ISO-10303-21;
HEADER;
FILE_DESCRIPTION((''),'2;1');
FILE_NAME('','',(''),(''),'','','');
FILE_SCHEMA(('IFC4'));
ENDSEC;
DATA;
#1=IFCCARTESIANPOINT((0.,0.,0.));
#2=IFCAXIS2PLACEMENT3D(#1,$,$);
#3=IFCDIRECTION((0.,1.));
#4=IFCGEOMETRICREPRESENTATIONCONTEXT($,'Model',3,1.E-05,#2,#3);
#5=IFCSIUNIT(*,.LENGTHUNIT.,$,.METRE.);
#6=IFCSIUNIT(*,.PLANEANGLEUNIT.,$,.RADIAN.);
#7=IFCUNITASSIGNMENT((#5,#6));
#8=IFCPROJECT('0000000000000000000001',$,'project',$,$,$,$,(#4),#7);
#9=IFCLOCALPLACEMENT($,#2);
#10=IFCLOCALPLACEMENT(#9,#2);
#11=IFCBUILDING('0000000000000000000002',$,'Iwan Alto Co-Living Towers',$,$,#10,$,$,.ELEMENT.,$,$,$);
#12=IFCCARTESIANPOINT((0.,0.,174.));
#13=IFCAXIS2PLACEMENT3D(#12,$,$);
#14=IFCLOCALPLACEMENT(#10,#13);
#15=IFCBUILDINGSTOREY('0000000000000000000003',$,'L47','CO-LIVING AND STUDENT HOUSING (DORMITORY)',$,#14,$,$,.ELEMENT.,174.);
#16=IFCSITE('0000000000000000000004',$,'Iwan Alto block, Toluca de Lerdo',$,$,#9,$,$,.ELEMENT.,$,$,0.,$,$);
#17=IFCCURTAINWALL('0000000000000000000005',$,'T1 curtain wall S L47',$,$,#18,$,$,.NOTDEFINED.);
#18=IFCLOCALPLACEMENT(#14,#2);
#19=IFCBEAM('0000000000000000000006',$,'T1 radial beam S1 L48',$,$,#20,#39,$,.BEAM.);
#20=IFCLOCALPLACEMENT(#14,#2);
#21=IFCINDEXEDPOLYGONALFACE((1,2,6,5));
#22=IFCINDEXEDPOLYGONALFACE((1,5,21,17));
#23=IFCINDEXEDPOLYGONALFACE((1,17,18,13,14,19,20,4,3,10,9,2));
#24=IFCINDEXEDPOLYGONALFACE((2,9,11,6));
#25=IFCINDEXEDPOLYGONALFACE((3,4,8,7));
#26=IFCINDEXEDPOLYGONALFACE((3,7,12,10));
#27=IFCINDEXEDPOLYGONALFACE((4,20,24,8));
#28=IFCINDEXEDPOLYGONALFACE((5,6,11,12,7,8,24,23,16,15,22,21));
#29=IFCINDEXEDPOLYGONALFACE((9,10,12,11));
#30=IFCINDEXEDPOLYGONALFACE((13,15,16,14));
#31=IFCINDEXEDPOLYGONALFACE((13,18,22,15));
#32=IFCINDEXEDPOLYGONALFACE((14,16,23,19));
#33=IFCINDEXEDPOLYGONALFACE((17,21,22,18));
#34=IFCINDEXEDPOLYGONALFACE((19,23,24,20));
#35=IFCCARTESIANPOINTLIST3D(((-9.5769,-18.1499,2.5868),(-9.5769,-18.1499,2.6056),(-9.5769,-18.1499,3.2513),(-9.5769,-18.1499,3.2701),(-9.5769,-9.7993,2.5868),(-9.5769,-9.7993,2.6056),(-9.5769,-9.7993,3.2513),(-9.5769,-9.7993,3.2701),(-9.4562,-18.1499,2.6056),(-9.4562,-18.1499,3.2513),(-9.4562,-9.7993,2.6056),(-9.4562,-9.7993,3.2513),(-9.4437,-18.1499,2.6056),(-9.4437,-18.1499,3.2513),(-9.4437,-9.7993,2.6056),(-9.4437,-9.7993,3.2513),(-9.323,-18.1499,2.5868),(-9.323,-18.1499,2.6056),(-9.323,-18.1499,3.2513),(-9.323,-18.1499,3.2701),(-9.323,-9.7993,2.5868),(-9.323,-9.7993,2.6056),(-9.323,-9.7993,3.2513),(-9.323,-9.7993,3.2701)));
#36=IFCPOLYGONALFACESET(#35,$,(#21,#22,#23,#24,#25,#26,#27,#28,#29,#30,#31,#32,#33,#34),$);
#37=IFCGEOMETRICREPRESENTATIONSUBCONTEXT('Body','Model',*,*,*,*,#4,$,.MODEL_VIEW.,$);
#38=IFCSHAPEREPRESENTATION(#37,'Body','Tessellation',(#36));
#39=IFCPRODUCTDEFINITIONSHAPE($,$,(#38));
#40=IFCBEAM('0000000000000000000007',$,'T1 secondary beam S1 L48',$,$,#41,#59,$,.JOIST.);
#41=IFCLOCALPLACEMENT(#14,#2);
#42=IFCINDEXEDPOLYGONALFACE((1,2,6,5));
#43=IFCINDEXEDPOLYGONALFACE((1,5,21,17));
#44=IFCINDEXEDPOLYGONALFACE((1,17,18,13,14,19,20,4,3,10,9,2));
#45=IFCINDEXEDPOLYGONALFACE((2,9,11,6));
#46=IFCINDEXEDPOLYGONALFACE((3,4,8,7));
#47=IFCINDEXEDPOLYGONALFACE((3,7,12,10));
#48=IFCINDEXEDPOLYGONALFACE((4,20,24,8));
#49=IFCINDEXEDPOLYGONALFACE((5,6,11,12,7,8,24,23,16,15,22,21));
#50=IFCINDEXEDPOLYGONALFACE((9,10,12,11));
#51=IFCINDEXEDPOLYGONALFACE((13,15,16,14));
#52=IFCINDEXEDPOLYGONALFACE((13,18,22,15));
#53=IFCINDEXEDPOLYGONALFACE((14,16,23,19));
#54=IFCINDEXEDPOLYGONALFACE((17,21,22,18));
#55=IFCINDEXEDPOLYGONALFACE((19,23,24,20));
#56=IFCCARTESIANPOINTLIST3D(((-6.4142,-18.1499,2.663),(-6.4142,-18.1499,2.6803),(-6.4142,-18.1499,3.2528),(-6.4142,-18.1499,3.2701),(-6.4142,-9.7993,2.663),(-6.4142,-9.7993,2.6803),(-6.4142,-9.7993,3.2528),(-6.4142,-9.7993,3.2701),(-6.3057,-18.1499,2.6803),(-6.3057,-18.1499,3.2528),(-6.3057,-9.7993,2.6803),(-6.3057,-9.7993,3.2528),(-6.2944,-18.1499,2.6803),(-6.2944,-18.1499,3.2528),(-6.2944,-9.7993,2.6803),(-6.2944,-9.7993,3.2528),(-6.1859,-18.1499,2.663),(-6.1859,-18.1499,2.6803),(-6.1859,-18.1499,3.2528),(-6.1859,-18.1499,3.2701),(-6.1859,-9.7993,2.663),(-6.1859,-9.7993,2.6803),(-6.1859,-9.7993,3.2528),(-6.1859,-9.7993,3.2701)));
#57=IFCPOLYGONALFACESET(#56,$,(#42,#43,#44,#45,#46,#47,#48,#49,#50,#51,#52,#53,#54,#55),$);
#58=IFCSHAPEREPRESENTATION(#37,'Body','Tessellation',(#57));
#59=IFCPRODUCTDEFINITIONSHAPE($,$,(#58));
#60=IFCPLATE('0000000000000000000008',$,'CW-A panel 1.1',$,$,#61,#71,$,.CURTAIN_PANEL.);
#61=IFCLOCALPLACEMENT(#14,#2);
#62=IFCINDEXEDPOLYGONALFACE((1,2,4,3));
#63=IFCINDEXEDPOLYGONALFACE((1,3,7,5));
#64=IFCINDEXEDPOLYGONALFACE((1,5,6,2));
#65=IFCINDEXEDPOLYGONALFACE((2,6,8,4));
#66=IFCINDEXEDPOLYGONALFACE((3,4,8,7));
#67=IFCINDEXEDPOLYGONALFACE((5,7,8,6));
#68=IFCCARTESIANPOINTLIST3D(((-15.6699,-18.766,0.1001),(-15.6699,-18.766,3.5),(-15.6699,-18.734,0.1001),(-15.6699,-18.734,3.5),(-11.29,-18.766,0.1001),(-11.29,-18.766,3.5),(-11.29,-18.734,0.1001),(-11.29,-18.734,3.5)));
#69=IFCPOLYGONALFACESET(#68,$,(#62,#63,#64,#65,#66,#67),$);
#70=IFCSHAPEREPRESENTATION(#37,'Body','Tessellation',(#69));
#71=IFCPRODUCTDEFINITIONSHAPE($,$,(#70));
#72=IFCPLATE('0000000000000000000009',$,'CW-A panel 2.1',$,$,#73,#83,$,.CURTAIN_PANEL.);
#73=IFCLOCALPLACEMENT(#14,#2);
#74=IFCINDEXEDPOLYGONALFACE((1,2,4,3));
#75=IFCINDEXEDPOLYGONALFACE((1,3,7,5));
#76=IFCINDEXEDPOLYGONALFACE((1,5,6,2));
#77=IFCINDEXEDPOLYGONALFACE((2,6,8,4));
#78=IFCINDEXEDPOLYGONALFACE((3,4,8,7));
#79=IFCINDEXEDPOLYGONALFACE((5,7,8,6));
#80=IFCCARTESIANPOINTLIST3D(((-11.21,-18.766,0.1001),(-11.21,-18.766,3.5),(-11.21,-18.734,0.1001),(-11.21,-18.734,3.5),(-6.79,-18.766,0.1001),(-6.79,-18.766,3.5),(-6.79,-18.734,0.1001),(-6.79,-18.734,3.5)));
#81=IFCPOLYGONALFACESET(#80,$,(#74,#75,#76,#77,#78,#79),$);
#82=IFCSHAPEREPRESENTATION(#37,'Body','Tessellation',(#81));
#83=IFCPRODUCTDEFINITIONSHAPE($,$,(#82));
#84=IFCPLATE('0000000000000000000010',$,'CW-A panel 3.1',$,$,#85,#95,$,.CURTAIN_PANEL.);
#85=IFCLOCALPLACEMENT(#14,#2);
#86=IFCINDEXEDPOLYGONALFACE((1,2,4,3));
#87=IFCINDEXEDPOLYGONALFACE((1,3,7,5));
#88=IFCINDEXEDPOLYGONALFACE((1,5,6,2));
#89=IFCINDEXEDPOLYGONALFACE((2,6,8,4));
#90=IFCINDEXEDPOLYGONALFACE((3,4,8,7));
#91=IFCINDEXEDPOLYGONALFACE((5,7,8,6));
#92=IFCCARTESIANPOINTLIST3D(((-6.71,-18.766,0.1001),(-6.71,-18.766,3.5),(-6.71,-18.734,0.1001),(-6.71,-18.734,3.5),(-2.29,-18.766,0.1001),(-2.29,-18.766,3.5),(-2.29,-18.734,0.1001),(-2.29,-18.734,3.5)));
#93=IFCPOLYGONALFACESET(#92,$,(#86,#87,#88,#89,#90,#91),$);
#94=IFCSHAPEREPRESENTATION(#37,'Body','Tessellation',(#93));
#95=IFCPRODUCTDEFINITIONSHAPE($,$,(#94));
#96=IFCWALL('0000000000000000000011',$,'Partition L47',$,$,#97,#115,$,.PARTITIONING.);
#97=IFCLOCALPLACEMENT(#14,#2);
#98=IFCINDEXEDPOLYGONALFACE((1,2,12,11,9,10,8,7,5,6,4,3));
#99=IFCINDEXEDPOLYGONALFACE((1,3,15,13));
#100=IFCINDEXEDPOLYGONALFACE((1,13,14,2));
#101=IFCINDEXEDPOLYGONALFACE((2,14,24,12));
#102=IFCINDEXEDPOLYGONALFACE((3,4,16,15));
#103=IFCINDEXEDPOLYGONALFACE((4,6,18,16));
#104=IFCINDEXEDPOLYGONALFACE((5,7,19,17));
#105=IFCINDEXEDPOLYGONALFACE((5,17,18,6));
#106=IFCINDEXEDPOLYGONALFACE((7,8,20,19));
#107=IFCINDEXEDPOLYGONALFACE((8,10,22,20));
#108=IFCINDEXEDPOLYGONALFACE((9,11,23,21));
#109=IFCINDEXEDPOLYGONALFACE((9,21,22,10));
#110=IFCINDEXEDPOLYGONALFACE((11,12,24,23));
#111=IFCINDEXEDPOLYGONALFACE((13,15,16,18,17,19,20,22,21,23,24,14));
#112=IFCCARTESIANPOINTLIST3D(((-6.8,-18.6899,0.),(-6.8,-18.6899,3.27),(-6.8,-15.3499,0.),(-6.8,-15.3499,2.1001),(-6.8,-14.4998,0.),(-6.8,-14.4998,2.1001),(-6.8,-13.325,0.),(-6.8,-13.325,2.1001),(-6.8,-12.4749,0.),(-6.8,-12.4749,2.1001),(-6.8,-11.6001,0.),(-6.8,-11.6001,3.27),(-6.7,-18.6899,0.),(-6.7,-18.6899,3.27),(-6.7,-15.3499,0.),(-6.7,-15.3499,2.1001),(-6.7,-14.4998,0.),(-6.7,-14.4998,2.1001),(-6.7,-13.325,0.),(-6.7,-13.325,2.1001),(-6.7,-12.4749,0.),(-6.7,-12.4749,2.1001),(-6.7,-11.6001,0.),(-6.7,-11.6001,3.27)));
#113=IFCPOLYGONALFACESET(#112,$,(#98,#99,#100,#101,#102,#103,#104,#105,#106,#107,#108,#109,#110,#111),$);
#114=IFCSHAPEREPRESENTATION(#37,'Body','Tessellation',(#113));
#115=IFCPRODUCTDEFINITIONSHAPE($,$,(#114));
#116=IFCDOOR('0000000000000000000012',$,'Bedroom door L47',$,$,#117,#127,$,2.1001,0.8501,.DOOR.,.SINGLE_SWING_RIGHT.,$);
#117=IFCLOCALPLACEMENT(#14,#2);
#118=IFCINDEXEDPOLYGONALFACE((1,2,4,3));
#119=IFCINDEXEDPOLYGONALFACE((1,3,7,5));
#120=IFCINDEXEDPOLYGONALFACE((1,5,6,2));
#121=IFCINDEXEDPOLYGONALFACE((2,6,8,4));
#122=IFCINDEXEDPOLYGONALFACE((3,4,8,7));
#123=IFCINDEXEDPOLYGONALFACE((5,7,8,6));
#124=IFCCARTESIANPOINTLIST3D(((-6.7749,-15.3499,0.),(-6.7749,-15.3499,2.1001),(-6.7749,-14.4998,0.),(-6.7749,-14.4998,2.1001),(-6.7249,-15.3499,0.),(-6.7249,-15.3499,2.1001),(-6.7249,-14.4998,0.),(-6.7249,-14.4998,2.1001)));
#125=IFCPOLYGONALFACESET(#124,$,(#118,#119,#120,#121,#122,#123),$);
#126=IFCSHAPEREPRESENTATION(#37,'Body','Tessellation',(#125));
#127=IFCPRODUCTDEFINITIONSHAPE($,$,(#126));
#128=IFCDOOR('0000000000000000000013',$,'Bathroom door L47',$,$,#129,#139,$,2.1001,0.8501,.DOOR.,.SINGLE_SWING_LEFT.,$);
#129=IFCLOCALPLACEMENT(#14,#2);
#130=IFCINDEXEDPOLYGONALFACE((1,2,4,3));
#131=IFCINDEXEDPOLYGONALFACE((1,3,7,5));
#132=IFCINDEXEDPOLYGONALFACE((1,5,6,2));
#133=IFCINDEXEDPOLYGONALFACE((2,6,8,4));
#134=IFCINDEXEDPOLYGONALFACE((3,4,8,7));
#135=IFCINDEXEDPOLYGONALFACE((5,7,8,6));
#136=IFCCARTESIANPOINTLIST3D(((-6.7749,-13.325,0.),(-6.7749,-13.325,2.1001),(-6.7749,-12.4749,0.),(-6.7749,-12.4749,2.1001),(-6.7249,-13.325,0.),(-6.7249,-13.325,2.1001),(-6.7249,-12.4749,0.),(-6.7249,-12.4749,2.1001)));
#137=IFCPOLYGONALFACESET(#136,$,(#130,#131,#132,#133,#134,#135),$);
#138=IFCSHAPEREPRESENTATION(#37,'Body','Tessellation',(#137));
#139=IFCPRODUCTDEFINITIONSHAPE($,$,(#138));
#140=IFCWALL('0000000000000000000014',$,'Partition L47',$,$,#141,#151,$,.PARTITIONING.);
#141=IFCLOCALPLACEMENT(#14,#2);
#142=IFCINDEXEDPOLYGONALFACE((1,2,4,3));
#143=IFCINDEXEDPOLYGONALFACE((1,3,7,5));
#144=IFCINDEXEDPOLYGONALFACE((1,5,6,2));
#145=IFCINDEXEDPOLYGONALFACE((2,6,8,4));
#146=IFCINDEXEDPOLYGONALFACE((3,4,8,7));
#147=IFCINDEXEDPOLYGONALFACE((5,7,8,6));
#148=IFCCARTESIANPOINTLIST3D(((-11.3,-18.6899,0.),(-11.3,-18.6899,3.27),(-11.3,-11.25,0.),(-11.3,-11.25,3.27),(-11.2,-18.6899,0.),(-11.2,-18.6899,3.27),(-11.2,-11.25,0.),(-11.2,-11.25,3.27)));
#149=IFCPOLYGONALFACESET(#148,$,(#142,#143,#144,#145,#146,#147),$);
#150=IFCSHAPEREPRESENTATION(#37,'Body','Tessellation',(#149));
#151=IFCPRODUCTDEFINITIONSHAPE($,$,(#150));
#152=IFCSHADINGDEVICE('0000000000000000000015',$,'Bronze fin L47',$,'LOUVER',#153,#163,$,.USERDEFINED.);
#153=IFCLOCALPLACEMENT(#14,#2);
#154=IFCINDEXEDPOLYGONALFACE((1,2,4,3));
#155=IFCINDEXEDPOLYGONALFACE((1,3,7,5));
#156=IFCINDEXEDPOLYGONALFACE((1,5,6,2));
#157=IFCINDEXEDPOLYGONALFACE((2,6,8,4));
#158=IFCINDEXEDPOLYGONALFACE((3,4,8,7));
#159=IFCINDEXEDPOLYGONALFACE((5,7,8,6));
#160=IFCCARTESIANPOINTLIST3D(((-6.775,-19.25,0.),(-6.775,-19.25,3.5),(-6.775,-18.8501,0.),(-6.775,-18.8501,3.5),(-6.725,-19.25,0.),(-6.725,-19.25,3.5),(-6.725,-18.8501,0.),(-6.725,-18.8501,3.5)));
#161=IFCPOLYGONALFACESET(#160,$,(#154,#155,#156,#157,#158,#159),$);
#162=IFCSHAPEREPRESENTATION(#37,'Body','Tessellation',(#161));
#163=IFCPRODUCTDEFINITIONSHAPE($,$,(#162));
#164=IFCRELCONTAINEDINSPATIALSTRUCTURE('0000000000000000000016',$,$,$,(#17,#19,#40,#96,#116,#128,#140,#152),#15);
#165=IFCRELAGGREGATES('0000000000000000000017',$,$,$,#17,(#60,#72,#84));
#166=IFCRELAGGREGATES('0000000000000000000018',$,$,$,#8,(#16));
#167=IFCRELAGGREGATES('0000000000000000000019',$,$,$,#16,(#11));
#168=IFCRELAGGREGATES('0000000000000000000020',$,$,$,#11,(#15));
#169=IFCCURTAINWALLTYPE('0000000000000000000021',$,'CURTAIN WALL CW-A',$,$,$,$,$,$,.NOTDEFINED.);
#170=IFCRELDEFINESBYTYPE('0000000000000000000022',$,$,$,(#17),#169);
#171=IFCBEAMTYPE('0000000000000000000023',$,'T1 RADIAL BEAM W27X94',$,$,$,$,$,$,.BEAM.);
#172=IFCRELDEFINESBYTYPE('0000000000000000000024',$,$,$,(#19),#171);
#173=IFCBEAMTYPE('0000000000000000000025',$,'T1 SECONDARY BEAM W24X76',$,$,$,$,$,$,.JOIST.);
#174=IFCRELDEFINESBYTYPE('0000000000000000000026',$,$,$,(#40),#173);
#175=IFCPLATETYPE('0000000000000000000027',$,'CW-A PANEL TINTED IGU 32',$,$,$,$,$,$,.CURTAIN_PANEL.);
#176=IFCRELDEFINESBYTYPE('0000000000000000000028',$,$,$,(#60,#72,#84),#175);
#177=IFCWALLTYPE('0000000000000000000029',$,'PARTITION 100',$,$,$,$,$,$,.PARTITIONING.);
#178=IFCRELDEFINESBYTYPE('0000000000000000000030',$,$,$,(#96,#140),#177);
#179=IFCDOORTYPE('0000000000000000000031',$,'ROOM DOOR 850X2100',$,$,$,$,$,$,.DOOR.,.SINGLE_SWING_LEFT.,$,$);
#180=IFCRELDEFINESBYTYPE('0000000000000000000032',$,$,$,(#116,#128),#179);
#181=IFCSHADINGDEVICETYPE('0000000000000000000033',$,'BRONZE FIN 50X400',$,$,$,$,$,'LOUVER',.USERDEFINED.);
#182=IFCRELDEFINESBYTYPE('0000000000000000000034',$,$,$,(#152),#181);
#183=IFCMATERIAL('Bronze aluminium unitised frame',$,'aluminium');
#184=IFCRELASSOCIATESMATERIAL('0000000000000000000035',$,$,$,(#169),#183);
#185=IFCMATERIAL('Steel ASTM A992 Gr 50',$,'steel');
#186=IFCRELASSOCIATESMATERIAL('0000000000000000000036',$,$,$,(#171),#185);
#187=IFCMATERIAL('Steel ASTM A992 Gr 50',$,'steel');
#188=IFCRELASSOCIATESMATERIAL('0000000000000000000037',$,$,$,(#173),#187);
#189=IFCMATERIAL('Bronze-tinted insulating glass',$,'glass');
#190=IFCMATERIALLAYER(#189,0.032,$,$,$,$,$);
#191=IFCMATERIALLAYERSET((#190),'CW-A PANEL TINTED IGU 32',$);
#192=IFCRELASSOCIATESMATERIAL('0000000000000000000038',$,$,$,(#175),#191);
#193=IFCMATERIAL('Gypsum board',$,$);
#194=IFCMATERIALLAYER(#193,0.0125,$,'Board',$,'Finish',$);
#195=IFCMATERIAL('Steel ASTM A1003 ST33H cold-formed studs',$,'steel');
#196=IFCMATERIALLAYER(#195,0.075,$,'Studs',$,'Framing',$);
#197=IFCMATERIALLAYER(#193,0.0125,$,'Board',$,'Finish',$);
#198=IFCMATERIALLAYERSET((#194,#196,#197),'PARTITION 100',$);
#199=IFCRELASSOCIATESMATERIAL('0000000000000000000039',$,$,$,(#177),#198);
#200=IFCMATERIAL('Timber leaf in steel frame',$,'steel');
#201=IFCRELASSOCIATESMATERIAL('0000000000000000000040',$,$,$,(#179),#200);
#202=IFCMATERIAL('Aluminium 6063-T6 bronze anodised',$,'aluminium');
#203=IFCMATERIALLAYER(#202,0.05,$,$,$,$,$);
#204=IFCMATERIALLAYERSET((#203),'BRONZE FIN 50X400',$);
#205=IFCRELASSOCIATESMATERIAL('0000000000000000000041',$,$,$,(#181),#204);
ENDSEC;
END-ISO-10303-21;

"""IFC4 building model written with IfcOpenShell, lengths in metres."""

from ifc_helpers import new_model, si_unit, direction, frame, frame_2d, origin, origin_2d, place, context, subcontext, project, spatial, rectangle, i_section, extrude, material, layer, layer_set, material_profile, profile_set, type_object, element, fill, aggregate, save


model = new_model("IFC4")

# Units and contexts
model_context = context("Model", 3, precision=1e-05, world=origin(), true_north=direction((0.0, 1.0)))
body_context = subcontext(model_context, "Body", "Model", "MODEL_VIEW")
ifc_project = project(units=[si_unit("LENGTHUNIT", "METRE"), si_unit("PLANEANGLEUNIT", "RADIAN")], contexts=[model_context])

# Site, building, storey
site_placement = place(None, origin())
site = spatial("IfcSite", under=ifc_project, at=site_placement, Name="Iwan Alto block, Toluca de Lerdo", CompositionType="ELEMENT", RefElevation=0.0)
building_placement = place(site_placement, origin())
building = spatial("IfcBuilding", under=site, at=building_placement, Name="Iwan Alto Co-Living Towers", CompositionType="ELEMENT")
storey_placement = place(building_placement, frame((0.0, 0.0, 174.0)))
storey = spatial("IfcBuildingStorey", under=building, at=storey_placement, Name="L47", Description="CO-LIVING AND STUDENT HOUSING (DORMITORY)", CompositionType="ELEMENT", Elevation=174.0)

# Curtain wall
ifc_material_1 = material(Name="Bronze aluminium unitised frame", Category="aluminium")
curtain_wall_type = type_object("IfcCurtainWallType", Name="CURTAIN WALL CW-A", PredefinedType="NOTDEFINED", material=ifc_material_1)
curtain_wall_placement = place(storey_placement, origin())
curtain_wall = element("IfcCurtainWall", 1, at=curtain_wall_placement, inside=storey, type_object=curtain_wall_type, Name="T1 curtain wall S L47", PredefinedType="NOTDEFINED")

# Beams
ifc_material_2 = material(Name="Steel ASTM A992 Gr 50", Category="steel")
ifc_material_profile_1 = material_profile(ifc_material_2, i_section(OverallWidth=0.2539, OverallDepth=0.6833, WebThickness=0.0125, FlangeThickness=0.0188, at=origin_2d()), Name="W27X94")
ifc_profile_set_1 = profile_set([ifc_material_profile_1], Name="Steel ASTM A992 Gr 50")
beam_type_1 = type_object("IfcBeamType", Name="T1 RADIAL BEAM W27X94", PredefinedType="BEAM", material=ifc_profile_set_1)
beam_1_placement = place(storey_placement, frame((-9.45, -18.1499, 2.9285), z_axis=(0.0, 1.0, 0.0), x_axis=(-1.0, 0.0, 0.0)))
element("IfcBeam", 2, at=beam_1_placement, inside=storey, type_object=beam_type_1, Name="T1 radial beam S1 L48", PredefinedType="BEAM", context=body_context, shape_type="SweptSolid", body=[
    extrude(i_section(OverallWidth=0.2539, OverallDepth=0.6833, WebThickness=0.0125, FlangeThickness=0.0188, at=origin_2d()), origin(), (0.0, 0.0, 1.0), 8.3506),
])
ifc_material_3 = material(Name="Steel ASTM A992 Gr 50", Category="steel")
ifc_material_profile_2 = material_profile(ifc_material_3, i_section(OverallWidth=0.2283, OverallDepth=0.6072, WebThickness=0.0112, FlangeThickness=0.0173, at=origin_2d()), Name="W24X76")
ifc_profile_set_2 = profile_set([ifc_material_profile_2], Name="Steel ASTM A992 Gr 50")
beam_type_2 = type_object("IfcBeamType", Name="T1 SECONDARY BEAM W24X76", PredefinedType="JOIST", material=ifc_profile_set_2)
beam_2_placement = place(storey_placement, frame((-6.3, -18.1499, 2.9666), z_axis=(0.0, 1.0, 0.0), x_axis=(-1.0, 0.0, 0.0)))
element("IfcBeam", 3, at=beam_2_placement, inside=storey, type_object=beam_type_2, Name="T1 secondary beam S1 L48", PredefinedType="JOIST", context=body_context, shape_type="SweptSolid", body=[
    extrude(i_section(OverallWidth=0.2283, OverallDepth=0.6072, WebThickness=0.0112, FlangeThickness=0.0173, at=origin_2d()), origin(), (0.0, 0.0, 1.0), 8.3506),
])

# Plates
ifc_material_4 = material(Name="Bronze-tinted insulating glass", Category="glass")
ifc_layer_1 = layer(ifc_material_4, 0.032)
ifc_layer_set_1 = layer_set([ifc_layer_1], Name="CW-A PANEL TINTED IGU 32")
plate_type = type_object("IfcPlateType", Name="CW-A PANEL TINTED IGU 32", PredefinedType="CURTAIN_PANEL", material=ifc_layer_set_1)
plate_1_placement = place(storey_placement, frame((-13.48, -18.75, 0.1001), z_axis=(0.0, 0.0, 1.0), x_axis=(1.0, 0.0, 0.0)))
plate_1 = element("IfcPlate", 4, at=plate_1_placement, type_object=plate_type, Name="CW-A panel 1.1", PredefinedType="CURTAIN_PANEL", context=body_context, shape_type="SweptSolid", body=[
    extrude(rectangle(XDim=4.3799, YDim=0.032, at=origin_2d()), origin(), (0.0, 0.0, 1.0), 3.3999),
])
plate_2_placement = place(storey_placement, frame((-9.0, -18.75, 0.1001), z_axis=(0.0, 0.0, 1.0), x_axis=(1.0, 0.0, 0.0)))
plate_2 = element("IfcPlate", 5, at=plate_2_placement, type_object=plate_type, Name="CW-A panel 2.1", PredefinedType="CURTAIN_PANEL", context=body_context, shape_type="SweptSolid", body=[
    extrude(rectangle(XDim=4.4199, YDim=0.032, at=origin_2d()), origin(), (0.0, 0.0, 1.0), 3.3999),
])
plate_3_placement = place(storey_placement, frame((-4.5, -18.75, 0.1001), z_axis=(0.0, 0.0, 1.0), x_axis=(1.0, 0.0, 0.0)))
plate_3 = element("IfcPlate", 6, at=plate_3_placement, type_object=plate_type, Name="CW-A panel 3.1", PredefinedType="CURTAIN_PANEL", context=body_context, shape_type="SweptSolid", body=[
    extrude(rectangle(XDim=4.4199, YDim=0.032, at=origin_2d()), origin(), (0.0, 0.0, 1.0), 3.3999),
])
aggregate(curtain_wall, [plate_1, plate_2, plate_3])

# Wall, openings, doors
ifc_material_5 = material(Name="Gypsum board")
ifc_layer_2 = layer(ifc_material_5, 0.0125, Name="Board", Category="Finish")
ifc_material_6 = material(Name="Steel ASTM A1003 ST33H cold-formed studs", Category="steel")
ifc_layer_3 = layer(ifc_material_6, 0.075, Name="Studs", Category="Framing")
ifc_layer_4 = layer(ifc_material_5, 0.0125, Name="Board", Category="Finish")
ifc_layer_set_2 = layer_set([ifc_layer_2, ifc_layer_3, ifc_layer_4], Name="PARTITION 100")
wall_type = type_object("IfcWallType", Name="PARTITION 100", PredefinedType="PARTITIONING", material=ifc_layer_set_2)
wall_1_placement = place(storey_placement, frame((-6.75, -18.6899, 0.0), z_axis=(0.0, 0.0, 1.0), x_axis=(0.0, 1.0, 0.0)))
wall_1 = element("IfcWall", 7, at=wall_1_placement, inside=storey, type_object=wall_type, Name="Partition L47", PredefinedType="PARTITIONING", context=body_context, shape_type="SweptSolid", body=[
    extrude(rectangle(XDim=7.0898, YDim=0.1001, at=frame_2d((3.5449, 0.0))), origin(), (0.0, 0.0, 1.0), 3.27),
])
opening_1_placement = place(wall_1_placement, frame((3.3401, 0.0, 0.0)))
opening_1 = element("IfcOpeningElement", 8, at=opening_1_placement, cuts=wall_1, PredefinedType="OPENING", context=body_context, shape_type="SweptSolid", body=[
    extrude(rectangle(XDim=0.8501, YDim=2.1001, at=frame_2d((0.425, 1.05))), frame((0.0, 0.0601, 0.0), z_axis=(0.0, -1.0, 0.0), x_axis=(1.0, 0.0, 0.0)), (0.0, 0.0, 1.0), 0.1201),
])
opening_2_placement = place(wall_1_placement, frame((5.365, 0.0, 0.0)))
opening_2 = element("IfcOpeningElement", 9, at=opening_2_placement, cuts=wall_1, PredefinedType="OPENING", context=body_context, shape_type="SweptSolid", body=[
    extrude(rectangle(XDim=0.8501, YDim=2.1001, at=frame_2d((0.425, 1.05))), frame((0.0, 0.0601, 0.0), z_axis=(0.0, -1.0, 0.0), x_axis=(1.0, 0.0, 0.0)), (0.0, 0.0, 1.0), 0.1201),
])
ifc_material_7 = material(Name="Timber leaf in steel frame", Category="steel")
door_type = type_object("IfcDoorType", Name="ROOM DOOR 850X2100", OperationType="SINGLE_SWING_LEFT", PredefinedType="DOOR", material=ifc_material_7)
door_1_placement = place(opening_1_placement, origin())
door_1 = element("IfcDoor", 10, at=door_1_placement, inside=storey, type_object=door_type, Name="Bedroom door L47", OperationType="SINGLE_SWING_RIGHT", OverallHeight=2.1001, OverallWidth=0.8501, PredefinedType="DOOR", context=body_context, shape_type="SweptSolid", body=[
    extrude(rectangle(XDim=0.8501, YDim=2.1001, at=frame_2d((0.425, 1.05))), frame((0.0, 0.0249, 0.0), z_axis=(0.0, -1.0, 0.0), x_axis=(1.0, 0.0, 0.0)), (0.0, 0.0, 1.0), 0.05),
])
fill(opening_1, door_1)
door_2_placement = place(opening_2_placement, origin())
door_2 = element("IfcDoor", 11, at=door_2_placement, inside=storey, type_object=door_type, Name="Bathroom door L47", OperationType="SINGLE_SWING_LEFT", OverallHeight=2.1001, OverallWidth=0.8501, PredefinedType="DOOR", context=body_context, shape_type="SweptSolid", body=[
    extrude(rectangle(XDim=0.8501, YDim=2.1001, at=frame_2d((0.425, 1.05))), frame((0.0, 0.0249, 0.0), z_axis=(0.0, -1.0, 0.0), x_axis=(1.0, 0.0, 0.0)), (0.0, 0.0, 1.0), 0.05),
])
fill(opening_2, door_2)

# Wall
wall_2_placement = place(storey_placement, frame((-11.25, -18.6899, 0.0), z_axis=(0.0, 0.0, 1.0), x_axis=(0.0, 1.0, 0.0)))
element("IfcWall", 12, at=wall_2_placement, inside=storey, type_object=wall_type, Name="Partition L47", PredefinedType="PARTITIONING", context=body_context, shape_type="SweptSolid", body=[
    extrude(rectangle(XDim=7.4399, YDim=0.1001, at=frame_2d((3.72, 0.0))), origin(), (0.0, 0.0, 1.0), 3.27),
])

# Shading device
ifc_material_8 = material(Name="Aluminium 6063-T6 bronze anodised", Category="aluminium")
ifc_layer_5 = layer(ifc_material_8, 0.05)
ifc_layer_set_3 = layer_set([ifc_layer_5], Name="BRONZE FIN 50X400")
shading_device_type = type_object("IfcShadingDeviceType", Name="BRONZE FIN 50X400", ElementType="LOUVER", PredefinedType="USERDEFINED", material=ifc_layer_set_3)
shading_device_placement = place(storey_placement, frame((-6.75, -19.05, 0.0), z_axis=(0.0, 0.0, 1.0), x_axis=(1.0, 0.0, 0.0)))
element("IfcShadingDevice", 13, at=shading_device_placement, inside=storey, type_object=shading_device_type, Name="Bronze fin L47", ObjectType="LOUVER", PredefinedType="USERDEFINED", context=body_context, shape_type="SweptSolid", body=[
    extrude(rectangle(XDim=0.05, YDim=0.3999, at=origin_2d()), origin(), (0.0, 0.0, 1.0), 3.5),
])

save(model, "model.ifc")
